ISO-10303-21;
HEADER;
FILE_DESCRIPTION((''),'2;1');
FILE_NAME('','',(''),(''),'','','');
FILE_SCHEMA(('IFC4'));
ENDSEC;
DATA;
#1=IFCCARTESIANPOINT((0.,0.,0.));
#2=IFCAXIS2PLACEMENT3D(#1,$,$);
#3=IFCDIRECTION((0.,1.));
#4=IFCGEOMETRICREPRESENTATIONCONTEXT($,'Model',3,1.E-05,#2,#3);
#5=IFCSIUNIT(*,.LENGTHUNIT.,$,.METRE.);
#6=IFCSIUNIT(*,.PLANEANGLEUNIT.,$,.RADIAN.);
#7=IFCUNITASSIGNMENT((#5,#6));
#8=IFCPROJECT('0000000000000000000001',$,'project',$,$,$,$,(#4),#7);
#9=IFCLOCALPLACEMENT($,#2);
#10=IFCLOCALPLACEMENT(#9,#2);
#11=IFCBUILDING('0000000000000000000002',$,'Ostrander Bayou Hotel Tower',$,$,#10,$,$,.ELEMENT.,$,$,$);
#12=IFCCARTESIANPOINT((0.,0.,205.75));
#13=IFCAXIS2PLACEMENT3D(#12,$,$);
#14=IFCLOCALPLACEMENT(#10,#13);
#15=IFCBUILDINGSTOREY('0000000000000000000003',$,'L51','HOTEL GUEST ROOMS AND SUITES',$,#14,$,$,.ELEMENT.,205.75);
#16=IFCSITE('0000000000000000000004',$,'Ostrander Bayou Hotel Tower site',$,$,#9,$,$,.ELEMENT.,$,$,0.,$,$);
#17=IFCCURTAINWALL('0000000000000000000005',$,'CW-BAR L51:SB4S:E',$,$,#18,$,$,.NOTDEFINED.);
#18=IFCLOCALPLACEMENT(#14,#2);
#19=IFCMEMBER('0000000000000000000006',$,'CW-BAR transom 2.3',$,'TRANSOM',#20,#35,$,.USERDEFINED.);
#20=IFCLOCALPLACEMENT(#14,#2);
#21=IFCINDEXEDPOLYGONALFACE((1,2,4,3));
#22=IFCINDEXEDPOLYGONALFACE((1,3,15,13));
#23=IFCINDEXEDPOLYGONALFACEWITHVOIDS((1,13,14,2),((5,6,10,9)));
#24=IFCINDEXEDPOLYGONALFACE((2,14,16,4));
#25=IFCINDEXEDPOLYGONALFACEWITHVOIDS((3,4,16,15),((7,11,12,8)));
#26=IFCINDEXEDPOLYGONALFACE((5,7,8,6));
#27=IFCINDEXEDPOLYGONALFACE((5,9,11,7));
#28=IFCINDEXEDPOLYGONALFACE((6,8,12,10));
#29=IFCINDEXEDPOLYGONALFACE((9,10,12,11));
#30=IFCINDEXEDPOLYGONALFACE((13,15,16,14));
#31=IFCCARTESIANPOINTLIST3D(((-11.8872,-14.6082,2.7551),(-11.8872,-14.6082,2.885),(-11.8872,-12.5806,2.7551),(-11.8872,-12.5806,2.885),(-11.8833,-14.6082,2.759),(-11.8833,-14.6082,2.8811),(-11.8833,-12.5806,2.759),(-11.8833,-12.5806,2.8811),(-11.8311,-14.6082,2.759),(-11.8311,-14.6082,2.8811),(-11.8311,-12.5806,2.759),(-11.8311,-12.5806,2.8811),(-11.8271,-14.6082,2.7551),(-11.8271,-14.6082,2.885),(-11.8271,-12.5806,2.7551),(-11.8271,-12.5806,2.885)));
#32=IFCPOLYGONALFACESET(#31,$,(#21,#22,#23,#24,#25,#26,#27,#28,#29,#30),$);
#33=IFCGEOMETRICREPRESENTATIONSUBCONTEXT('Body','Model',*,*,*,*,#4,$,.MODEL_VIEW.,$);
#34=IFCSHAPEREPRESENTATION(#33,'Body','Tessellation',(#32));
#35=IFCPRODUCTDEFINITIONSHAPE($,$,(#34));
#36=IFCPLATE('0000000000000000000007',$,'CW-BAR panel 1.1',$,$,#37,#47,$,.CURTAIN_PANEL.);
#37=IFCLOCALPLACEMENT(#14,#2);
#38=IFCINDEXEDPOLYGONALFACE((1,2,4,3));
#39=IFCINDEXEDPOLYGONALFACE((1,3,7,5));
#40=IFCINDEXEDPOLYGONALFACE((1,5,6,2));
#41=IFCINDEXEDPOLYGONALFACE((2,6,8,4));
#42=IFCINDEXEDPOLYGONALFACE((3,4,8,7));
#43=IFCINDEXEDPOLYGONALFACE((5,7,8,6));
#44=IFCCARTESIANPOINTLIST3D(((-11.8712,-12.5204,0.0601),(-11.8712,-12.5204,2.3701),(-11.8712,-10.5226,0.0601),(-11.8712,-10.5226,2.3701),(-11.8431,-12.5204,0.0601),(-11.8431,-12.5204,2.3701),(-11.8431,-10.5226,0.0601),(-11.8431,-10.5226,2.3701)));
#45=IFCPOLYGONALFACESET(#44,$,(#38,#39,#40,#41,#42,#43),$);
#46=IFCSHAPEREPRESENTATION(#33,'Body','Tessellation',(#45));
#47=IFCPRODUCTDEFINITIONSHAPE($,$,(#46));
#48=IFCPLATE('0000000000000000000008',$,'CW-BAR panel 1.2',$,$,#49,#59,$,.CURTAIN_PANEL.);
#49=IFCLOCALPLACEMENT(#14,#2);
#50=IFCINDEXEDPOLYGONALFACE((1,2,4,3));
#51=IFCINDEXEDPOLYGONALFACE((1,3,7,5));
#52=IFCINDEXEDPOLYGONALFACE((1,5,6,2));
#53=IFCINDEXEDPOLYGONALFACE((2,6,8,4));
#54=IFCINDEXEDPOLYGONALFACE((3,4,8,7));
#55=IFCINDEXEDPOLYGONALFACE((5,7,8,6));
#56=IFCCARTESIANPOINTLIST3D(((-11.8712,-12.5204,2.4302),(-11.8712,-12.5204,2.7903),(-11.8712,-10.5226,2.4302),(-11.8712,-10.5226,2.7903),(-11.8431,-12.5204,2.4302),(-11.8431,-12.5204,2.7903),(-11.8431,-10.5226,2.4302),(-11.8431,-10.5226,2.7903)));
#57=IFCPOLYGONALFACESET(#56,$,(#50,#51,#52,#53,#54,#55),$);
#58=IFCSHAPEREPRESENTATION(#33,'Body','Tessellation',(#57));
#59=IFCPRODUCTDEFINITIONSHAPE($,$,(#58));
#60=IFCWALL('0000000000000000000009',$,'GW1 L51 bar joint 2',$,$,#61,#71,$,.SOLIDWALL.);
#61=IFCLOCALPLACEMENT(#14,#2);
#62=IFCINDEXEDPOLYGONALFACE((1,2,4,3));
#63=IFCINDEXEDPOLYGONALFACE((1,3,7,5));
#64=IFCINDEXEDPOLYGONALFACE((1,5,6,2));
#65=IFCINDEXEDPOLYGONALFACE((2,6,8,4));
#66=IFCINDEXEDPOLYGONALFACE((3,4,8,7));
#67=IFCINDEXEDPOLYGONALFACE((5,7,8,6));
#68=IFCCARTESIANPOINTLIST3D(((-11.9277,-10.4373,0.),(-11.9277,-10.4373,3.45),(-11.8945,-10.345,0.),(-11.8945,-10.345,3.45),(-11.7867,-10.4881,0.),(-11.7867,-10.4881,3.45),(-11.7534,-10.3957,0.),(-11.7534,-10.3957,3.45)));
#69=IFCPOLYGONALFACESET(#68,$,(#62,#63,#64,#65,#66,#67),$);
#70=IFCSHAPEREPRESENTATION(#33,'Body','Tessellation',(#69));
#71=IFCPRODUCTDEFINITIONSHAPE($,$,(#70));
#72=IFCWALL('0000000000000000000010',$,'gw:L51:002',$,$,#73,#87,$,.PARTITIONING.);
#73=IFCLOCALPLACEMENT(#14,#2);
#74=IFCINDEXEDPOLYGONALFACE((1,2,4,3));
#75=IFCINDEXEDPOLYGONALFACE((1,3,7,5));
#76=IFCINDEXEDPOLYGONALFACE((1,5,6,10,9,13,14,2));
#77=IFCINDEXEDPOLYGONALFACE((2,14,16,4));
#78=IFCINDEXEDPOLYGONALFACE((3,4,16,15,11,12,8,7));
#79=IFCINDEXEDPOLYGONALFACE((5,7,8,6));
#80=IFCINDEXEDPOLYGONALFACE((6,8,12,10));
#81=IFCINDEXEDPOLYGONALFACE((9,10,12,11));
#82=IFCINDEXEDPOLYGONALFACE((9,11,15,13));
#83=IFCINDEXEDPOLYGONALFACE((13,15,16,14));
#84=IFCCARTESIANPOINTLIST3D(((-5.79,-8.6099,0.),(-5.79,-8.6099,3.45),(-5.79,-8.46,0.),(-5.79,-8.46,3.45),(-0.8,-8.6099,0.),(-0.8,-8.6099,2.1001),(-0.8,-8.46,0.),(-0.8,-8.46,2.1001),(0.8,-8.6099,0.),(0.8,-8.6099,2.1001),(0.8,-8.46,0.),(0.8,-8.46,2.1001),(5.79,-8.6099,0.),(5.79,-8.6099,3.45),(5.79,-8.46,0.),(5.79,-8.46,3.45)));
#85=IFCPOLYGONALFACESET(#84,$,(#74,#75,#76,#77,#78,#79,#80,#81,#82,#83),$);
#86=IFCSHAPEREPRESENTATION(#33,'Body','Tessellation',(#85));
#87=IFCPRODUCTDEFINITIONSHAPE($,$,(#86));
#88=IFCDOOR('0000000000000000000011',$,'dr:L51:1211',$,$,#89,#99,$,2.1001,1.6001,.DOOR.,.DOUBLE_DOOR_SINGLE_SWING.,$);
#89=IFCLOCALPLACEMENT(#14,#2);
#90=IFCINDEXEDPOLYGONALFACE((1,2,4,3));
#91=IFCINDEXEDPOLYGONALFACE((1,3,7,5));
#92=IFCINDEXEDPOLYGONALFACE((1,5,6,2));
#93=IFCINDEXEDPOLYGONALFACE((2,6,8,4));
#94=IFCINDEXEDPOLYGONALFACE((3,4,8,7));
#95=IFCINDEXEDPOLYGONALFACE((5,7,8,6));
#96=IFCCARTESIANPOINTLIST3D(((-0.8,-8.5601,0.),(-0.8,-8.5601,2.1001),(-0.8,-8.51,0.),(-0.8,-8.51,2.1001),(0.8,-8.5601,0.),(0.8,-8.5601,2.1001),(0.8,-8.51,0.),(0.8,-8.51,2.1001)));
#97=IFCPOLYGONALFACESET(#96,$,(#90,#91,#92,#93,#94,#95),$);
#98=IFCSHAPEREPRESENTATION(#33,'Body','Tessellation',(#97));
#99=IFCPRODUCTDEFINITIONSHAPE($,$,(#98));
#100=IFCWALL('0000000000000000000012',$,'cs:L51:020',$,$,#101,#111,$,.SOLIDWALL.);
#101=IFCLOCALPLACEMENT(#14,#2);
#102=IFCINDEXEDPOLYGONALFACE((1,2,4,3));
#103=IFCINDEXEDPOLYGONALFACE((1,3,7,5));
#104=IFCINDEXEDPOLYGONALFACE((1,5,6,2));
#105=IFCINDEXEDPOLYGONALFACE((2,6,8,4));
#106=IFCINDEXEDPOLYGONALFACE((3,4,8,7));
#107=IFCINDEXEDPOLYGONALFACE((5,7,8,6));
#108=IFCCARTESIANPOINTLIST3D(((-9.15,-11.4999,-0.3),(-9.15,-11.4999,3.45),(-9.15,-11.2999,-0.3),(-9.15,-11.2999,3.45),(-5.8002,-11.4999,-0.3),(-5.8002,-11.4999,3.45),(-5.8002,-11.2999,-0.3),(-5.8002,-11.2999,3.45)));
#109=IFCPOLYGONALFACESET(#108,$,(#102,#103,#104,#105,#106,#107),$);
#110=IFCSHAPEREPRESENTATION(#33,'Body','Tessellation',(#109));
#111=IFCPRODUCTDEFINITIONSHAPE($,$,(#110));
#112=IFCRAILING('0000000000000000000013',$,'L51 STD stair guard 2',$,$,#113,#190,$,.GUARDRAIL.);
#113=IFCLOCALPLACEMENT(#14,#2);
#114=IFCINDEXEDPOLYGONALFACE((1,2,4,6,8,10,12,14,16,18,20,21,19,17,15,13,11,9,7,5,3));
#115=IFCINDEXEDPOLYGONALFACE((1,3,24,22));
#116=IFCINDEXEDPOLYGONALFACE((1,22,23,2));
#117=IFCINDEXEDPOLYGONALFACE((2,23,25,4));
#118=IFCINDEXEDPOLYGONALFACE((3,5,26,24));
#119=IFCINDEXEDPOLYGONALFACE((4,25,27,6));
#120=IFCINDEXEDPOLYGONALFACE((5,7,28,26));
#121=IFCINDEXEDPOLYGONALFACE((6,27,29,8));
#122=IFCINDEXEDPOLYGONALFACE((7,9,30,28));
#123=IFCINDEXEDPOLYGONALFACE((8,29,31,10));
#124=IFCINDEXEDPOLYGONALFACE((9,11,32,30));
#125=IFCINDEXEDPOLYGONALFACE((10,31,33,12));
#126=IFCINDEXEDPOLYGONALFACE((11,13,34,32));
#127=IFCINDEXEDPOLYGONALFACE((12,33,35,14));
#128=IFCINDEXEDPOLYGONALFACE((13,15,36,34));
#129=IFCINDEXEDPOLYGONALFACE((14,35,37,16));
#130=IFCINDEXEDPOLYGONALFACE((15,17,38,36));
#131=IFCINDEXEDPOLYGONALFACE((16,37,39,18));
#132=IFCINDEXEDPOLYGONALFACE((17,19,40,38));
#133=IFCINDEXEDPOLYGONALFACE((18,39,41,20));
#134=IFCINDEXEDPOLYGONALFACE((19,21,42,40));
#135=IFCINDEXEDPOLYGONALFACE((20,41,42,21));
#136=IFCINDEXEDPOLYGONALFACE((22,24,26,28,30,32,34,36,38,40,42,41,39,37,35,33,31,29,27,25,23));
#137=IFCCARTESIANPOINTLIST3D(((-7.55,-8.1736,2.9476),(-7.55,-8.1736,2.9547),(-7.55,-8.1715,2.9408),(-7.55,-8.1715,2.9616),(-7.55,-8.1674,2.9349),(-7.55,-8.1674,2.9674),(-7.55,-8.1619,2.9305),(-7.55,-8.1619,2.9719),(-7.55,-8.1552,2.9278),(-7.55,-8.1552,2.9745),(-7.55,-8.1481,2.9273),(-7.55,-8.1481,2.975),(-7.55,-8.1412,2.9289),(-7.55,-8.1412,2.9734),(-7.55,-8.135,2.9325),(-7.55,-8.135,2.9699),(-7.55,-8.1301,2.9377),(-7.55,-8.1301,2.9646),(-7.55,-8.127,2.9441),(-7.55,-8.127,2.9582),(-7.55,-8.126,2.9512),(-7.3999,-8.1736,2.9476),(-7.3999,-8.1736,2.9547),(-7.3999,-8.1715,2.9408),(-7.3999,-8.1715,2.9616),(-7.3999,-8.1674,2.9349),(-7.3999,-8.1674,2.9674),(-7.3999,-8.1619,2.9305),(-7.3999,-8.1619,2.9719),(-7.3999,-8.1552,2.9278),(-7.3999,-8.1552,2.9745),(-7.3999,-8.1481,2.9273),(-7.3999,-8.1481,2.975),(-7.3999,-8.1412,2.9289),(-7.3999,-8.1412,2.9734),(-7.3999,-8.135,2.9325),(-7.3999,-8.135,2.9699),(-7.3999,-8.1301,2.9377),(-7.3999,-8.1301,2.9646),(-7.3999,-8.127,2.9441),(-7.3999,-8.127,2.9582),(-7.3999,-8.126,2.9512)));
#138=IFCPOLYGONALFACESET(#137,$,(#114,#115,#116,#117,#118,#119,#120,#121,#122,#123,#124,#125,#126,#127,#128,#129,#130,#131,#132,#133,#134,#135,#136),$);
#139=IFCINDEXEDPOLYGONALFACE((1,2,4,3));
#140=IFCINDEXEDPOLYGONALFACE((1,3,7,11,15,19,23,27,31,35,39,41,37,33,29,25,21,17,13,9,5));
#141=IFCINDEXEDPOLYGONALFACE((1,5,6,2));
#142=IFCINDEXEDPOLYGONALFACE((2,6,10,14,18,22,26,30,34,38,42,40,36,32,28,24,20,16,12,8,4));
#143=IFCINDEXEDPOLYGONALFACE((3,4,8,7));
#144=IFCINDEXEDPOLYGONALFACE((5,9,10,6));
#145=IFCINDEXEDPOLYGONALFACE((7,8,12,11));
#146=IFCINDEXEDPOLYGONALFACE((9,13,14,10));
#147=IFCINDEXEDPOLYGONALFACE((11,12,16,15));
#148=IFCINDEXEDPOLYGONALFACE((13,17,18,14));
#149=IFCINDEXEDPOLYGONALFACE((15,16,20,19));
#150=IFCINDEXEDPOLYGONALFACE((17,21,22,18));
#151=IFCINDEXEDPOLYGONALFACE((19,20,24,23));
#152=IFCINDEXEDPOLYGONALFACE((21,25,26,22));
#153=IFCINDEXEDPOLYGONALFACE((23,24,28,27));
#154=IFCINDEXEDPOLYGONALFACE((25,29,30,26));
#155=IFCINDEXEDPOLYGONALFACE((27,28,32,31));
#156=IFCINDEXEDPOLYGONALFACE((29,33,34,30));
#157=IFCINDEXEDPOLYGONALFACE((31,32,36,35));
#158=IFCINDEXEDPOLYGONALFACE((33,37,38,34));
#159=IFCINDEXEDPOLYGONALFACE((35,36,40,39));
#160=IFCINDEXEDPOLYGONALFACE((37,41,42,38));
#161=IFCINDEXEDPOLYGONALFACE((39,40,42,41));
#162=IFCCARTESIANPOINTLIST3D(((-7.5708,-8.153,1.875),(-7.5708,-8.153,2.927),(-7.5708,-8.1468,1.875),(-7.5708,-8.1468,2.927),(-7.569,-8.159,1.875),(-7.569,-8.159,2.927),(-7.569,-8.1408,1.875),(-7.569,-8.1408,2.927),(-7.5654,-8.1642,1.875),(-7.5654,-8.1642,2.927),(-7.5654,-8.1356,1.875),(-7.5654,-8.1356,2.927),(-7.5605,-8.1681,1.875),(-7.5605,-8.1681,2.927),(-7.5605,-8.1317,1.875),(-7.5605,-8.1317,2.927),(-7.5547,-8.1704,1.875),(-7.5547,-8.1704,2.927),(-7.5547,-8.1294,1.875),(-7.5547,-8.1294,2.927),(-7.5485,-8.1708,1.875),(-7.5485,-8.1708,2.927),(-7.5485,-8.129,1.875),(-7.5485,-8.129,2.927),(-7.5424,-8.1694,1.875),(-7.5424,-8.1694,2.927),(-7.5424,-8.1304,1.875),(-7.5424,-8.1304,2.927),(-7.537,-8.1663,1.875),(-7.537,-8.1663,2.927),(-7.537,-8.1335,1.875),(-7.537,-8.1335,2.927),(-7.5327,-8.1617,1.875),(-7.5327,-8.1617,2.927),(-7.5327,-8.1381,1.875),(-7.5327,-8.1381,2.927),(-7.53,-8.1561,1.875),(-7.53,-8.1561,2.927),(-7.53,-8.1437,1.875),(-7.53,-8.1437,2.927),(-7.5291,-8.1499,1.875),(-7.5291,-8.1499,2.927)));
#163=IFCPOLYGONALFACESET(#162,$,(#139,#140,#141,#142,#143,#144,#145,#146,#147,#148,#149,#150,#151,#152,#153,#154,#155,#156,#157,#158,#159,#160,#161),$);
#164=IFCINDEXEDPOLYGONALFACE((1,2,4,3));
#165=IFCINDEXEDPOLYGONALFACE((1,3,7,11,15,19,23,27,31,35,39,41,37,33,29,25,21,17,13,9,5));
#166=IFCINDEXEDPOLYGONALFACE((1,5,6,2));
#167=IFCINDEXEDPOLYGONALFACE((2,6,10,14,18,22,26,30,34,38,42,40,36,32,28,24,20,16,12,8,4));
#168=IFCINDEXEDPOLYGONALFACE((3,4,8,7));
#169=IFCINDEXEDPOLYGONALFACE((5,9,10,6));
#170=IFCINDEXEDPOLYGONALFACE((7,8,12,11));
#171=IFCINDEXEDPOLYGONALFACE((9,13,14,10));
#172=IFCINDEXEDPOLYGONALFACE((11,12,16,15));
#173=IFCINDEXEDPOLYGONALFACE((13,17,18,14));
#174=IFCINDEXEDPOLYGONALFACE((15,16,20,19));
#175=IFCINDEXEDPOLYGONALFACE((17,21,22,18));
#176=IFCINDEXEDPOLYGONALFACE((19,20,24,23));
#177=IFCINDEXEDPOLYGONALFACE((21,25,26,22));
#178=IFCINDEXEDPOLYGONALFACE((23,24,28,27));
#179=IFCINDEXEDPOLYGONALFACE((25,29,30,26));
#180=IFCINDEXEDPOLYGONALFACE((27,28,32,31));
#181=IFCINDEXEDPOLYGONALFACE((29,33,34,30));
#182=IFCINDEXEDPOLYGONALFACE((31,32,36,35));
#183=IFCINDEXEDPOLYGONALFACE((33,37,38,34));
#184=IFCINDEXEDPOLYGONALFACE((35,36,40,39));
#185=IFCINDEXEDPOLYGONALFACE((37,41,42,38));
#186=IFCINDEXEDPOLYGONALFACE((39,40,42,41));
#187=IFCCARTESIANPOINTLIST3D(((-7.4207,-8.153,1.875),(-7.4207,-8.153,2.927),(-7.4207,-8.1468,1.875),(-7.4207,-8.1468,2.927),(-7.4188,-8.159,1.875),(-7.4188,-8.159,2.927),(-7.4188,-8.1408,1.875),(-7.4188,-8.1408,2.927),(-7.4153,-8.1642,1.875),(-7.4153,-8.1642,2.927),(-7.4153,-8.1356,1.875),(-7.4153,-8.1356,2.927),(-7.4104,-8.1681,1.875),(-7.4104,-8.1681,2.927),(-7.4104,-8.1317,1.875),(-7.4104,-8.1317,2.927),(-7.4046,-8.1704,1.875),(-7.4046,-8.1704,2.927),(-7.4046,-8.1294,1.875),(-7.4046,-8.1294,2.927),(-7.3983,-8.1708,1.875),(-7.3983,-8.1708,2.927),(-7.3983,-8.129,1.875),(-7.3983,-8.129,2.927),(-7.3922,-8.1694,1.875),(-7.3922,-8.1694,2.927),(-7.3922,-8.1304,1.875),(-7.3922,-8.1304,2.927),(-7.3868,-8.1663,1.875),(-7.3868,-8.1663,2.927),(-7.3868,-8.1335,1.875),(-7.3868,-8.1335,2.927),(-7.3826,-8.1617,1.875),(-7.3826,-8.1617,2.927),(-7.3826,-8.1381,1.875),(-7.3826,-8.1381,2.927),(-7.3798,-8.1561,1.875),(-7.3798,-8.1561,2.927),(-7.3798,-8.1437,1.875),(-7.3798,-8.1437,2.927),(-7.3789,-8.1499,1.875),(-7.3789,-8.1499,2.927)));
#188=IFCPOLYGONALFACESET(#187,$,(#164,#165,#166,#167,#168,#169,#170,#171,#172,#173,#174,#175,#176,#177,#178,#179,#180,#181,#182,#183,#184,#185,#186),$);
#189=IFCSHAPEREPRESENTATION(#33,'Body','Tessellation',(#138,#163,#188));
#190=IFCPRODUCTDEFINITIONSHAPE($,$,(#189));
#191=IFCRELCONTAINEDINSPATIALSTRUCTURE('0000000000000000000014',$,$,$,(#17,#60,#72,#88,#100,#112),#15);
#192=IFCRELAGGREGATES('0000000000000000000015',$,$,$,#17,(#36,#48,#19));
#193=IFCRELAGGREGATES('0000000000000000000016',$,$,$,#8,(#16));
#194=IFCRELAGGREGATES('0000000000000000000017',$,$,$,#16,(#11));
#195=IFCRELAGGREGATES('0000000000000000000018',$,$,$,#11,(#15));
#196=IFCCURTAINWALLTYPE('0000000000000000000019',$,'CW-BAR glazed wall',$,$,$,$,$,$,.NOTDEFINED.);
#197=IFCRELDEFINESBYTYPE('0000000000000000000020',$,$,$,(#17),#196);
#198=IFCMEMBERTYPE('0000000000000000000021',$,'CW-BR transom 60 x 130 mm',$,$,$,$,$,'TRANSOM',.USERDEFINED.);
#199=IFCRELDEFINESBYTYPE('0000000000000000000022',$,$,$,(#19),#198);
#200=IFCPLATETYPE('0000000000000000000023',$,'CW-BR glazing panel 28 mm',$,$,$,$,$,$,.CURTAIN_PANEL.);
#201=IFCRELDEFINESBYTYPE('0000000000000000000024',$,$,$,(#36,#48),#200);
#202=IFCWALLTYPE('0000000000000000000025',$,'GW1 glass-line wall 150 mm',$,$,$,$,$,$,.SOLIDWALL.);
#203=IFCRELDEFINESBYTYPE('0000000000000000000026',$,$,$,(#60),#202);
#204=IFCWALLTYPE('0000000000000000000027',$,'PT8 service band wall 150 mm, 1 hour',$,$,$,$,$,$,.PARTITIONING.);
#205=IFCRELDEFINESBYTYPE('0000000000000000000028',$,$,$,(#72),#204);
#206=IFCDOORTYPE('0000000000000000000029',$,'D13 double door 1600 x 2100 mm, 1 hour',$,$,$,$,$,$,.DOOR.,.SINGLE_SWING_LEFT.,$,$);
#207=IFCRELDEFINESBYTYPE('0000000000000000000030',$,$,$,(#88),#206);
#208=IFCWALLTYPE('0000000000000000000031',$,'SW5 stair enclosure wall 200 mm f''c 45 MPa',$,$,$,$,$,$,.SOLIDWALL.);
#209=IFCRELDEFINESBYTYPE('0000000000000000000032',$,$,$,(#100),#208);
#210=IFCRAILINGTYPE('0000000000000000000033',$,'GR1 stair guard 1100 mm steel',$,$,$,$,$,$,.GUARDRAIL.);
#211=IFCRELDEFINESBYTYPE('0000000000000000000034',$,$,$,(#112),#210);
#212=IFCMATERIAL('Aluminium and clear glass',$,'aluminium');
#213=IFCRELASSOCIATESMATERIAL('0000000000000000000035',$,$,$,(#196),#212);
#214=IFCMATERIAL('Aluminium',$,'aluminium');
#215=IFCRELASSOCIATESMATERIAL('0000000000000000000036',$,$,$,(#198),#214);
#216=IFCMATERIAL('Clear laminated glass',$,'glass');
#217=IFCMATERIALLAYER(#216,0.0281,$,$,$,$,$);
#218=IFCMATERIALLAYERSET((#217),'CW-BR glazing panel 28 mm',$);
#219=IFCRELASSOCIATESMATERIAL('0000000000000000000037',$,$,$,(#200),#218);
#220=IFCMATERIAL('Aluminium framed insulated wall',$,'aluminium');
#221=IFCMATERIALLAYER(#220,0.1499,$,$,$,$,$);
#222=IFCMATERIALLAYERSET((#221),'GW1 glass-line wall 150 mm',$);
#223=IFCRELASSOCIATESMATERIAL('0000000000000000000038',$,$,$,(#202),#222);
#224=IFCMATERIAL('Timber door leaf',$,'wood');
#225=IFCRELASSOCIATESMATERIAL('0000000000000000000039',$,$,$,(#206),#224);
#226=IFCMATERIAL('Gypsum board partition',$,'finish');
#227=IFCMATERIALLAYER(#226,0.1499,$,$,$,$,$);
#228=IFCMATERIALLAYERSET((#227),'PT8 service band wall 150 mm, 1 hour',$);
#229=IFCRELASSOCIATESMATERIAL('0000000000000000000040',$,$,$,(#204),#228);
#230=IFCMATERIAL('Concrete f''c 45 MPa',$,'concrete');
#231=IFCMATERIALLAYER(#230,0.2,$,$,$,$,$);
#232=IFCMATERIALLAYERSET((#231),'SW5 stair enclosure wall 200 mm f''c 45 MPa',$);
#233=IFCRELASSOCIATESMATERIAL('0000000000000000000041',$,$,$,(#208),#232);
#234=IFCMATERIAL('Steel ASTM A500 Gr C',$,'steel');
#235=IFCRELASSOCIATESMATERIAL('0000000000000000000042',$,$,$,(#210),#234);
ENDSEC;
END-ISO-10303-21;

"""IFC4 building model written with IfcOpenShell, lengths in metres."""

from ifc_helpers import new_model, si_unit, direction, frame, frame_2d, origin, origin_2d, place, context, subcontext, project, spatial, rectangle, hollow_rectangle, circle, extrude, material, layer, layer_set, material_profile, profile_set, type_object, element, fill, aggregate, save


model = new_model("IFC4")

# Units and contexts
model_context = context("Model", 3, precision=1e-05, world=origin(), true_north=direction((0.0, 1.0)))
body_context = subcontext(model_context, "Body", "Model", "MODEL_VIEW")
ifc_project = project(units=[si_unit("LENGTHUNIT", "METRE"), si_unit("PLANEANGLEUNIT", "RADIAN")], contexts=[model_context])

# Site, building, storey
site_placement = place(None, origin())
site = spatial("IfcSite", under=ifc_project, at=site_placement, Name="Ostrander Bayou Hotel Tower site", CompositionType="ELEMENT", RefElevation=0.0)
building_placement = place(site_placement, origin())
building = spatial("IfcBuilding", under=site, at=building_placement, Name="Ostrander Bayou Hotel Tower", CompositionType="ELEMENT")
storey_placement = place(building_placement, frame((0.0, 0.0, 205.75)))
storey = spatial("IfcBuildingStorey", under=building, at=storey_placement, Name="L51", Description="HOTEL GUEST ROOMS AND SUITES", CompositionType="ELEMENT", Elevation=205.75)

# Curtain wall, member, plates
ifc_material_1 = material(Name="Aluminium and clear glass", Category="aluminium")
curtain_wall_type = type_object("IfcCurtainWallType", Name="CW-BAR glazed wall", PredefinedType="NOTDEFINED", material=ifc_material_1)
curtain_wall_placement = place(storey_placement, origin())
curtain_wall = element("IfcCurtainWall", 1, at=curtain_wall_placement, inside=storey, type_object=curtain_wall_type, Name="CW-BAR L51:SB4S:E", PredefinedType="NOTDEFINED")
ifc_material_2 = material(Name="Aluminium", Category="aluminium")
ifc_material_profile_1 = material_profile(ifc_material_2, hollow_rectangle(XDim=0.0601, YDim=0.1299, WallThickness=0.0039, at=origin_2d()))
ifc_profile_set_1 = profile_set([ifc_material_profile_1], Name="Aluminium")
member_type_1 = type_object("IfcMemberType", Name="CW-BR transom 60 x 130 mm", ElementType="TRANSOM", PredefinedType="USERDEFINED", material=ifc_profile_set_1)
member_1_placement = place(storey_placement, frame((-11.8572, -12.5806, 2.8201), z_axis=(0.0, -1.0, 0.0), x_axis=(1.0, 0.0, 0.0)))
member_1 = element("IfcMember", 2, at=member_1_placement, type_object=member_type_1, Name="CW-BAR transom 2.3", ObjectType="TRANSOM", PredefinedType="USERDEFINED", context=body_context, shape_type="SweptSolid", body=[
    extrude(hollow_rectangle(XDim=0.0601, YDim=0.1299, WallThickness=0.0039, at=origin_2d()), origin(), (0.0, 0.0, 1.0), 2.0276),
])
ifc_material_3 = material(Name="Clear laminated glass", Category="glass")
ifc_layer_1 = layer(ifc_material_3, 0.0281)
ifc_layer_set_1 = layer_set([ifc_layer_1], Name="CW-BR glazing panel 28 mm")
plate_type = type_object("IfcPlateType", Name="CW-BR glazing panel 28 mm", PredefinedType="CURTAIN_PANEL", material=ifc_layer_set_1)
plate_1_placement = place(storey_placement, frame((-11.8572, -11.5215, 0.0601), z_axis=(0.0, 0.0, 1.0), x_axis=(0.0, -1.0, 0.0)))
plate_1 = element("IfcPlate", 3, at=plate_1_placement, type_object=plate_type, Name="CW-BAR panel 1.1", PredefinedType="CURTAIN_PANEL", context=body_context, shape_type="SweptSolid", body=[
    extrude(rectangle(XDim=1.9978, YDim=0.0281, at=origin_2d()), origin(), (0.0, 0.0, 1.0), 2.3101),
])
plate_2_placement = place(storey_placement, frame((-11.8572, -11.5215, 2.4302), z_axis=(0.0, 0.0, 1.0), x_axis=(0.0, -1.0, 0.0)))
plate_2 = element("IfcPlate", 4, at=plate_2_placement, type_object=plate_type, Name="CW-BAR panel 1.2", PredefinedType="CURTAIN_PANEL", context=body_context, shape_type="SweptSolid", body=[
    extrude(rectangle(XDim=1.9978, YDim=0.0281, at=origin_2d()), origin(), (0.0, 0.0, 1.0), 0.3601),
])
aggregate(curtain_wall, [plate_1, plate_2, member_1])

# Wall
ifc_material_4 = material(Name="Aluminium framed insulated wall", Category="aluminium")
ifc_layer_2 = layer(ifc_material_4, 0.1499)
ifc_layer_set_2 = layer_set([ifc_layer_2], Name="GW1 glass-line wall 150 mm")
wall_type_1 = type_object("IfcWallType", Name="GW1 glass-line wall 150 mm", PredefinedType="SOLIDWALL", material=ifc_layer_set_2)
wall_1_placement = place(storey_placement, frame((-11.824, -10.3704, 0.0), z_axis=(0.0, 0.0, 1.0), x_axis=(-0.338543, -0.940951, 0.0)))
element("IfcWall", 5, at=wall_1_placement, inside=storey, type_object=wall_type_1, Name="GW1 L51 bar joint 2", PredefinedType="SOLIDWALL", context=body_context, shape_type="SweptSolid", body=[
    extrude(rectangle(XDim=0.0981, YDim=0.1499, at=frame_2d((0.0491, 0.0))), origin(), (0.0, 0.0, 1.0), 3.45),
])

# Shared definitions
ifc_material_5 = material(Name="Timber door leaf", Category="wood")
door_type_1 = type_object("IfcDoorType", Name="D13 double door 1600 x 2100 mm, 1 hour", OperationType="SINGLE_SWING_LEFT", PredefinedType="DOOR", material=ifc_material_5)

# Wall, opening, door
ifc_material_6 = material(Name="Gypsum board partition", Category="finish")
ifc_layer_3 = layer(ifc_material_6, 0.1499)
ifc_layer_set_3 = layer_set([ifc_layer_3], Name="PT8 service band wall 150 mm, 1 hour")
wall_type_2 = type_object("IfcWallType", Name="PT8 service band wall 150 mm, 1 hour", PredefinedType="PARTITIONING", material=ifc_layer_set_3)
wall_2_placement = place(storey_placement, frame((-5.79, -8.5349, 0.0), z_axis=(0.0, 0.0, 1.0), x_axis=(1.0, 0.0, 0.0)))
wall_2 = element("IfcWall", 6, at=wall_2_placement, inside=storey, type_object=wall_type_2, Name="gw:L51:002", PredefinedType="PARTITIONING", context=body_context, shape_type="SweptSolid", body=[
    extrude(rectangle(XDim=11.5801, YDim=0.1499, at=frame_2d((5.79, 0.0))), origin(), (0.0, 0.0, 1.0), 3.45),
])
opening_1_placement = place(wall_2_placement, frame((4.99, 0.0, 0.0)))
opening_1 = element("IfcOpeningElement", 7, at=opening_1_placement, cuts=wall_2, PredefinedType="OPENING", context=body_context, shape_type="SweptSolid", body=[
    extrude(rectangle(XDim=1.6001, YDim=2.1001, at=frame_2d((0.8, 1.05))), frame((0.0, 0.075, 0.0), z_axis=(0.0, -1.0, 0.0), x_axis=(1.0, 0.0, 0.0)), (0.0, 0.0, 1.0), 0.1499),
])
door_1_placement = place(opening_1_placement, origin())
door_1 = element("IfcDoor", 8, at=door_1_placement, inside=storey, type_object=door_type_1, Name="dr:L51:1211", OperationType="DOUBLE_DOOR_SINGLE_SWING", OverallHeight=2.1001, OverallWidth=1.6001, PredefinedType="DOOR", context=body_context, shape_type="SweptSolid", body=[
    extrude(rectangle(XDim=1.6001, YDim=2.1001, at=frame_2d((0.8, 1.05))), frame((0.0, 0.0249, 0.0), z_axis=(0.0, -1.0, 0.0), x_axis=(1.0, 0.0, 0.0)), (0.0, 0.0, 1.0), 0.05),
])
fill(opening_1, door_1)

# Wall
ifc_material_7 = material(Name="Concrete f'c 45 MPa", Category="concrete")
ifc_layer_4 = layer(ifc_material_7, 0.2)
ifc_layer_set_4 = layer_set([ifc_layer_4], Name="SW5 stair enclosure wall 200 mm f'c 45 MPa")
wall_type_3 = type_object("IfcWallType", Name="SW5 stair enclosure wall 200 mm f'c 45 MPa", PredefinedType="SOLIDWALL", material=ifc_layer_set_4)
wall_3_placement = place(storey_placement, frame((-9.1499, -11.3999, -0.3), z_axis=(0.0, 0.0, 1.0), x_axis=(1.0, 0.0, 0.0)))
element("IfcWall", 9, at=wall_3_placement, inside=storey, type_object=wall_type_3, Name="cs:L51:020", PredefinedType="SOLIDWALL", context=body_context, shape_type="SweptSolid", body=[
    extrude(rectangle(XDim=3.3499, YDim=0.2, at=frame_2d((1.6748, 0.0))), origin(), (0.0, 0.0, 1.0), 3.75),
])

# Railing
ifc_material_8 = material(Name="Steel ASTM A500 Gr C", Category="steel")
railing_type = type_object("IfcRailingType", Name="GR1 stair guard 1100 mm steel", PredefinedType="GUARDRAIL", material=ifc_material_8)
railing_placement = place(storey_placement, frame((-7.55, -8.1499, 1.875)))
element("IfcRailing", 10, at=railing_placement, inside=storey, type_object=railing_type, Name="L51 STD stair guard 2", PredefinedType="GUARDRAIL", context=body_context, shape_type="SweptSolid", body=[
    extrude(circle(Radius=0.0239, at=origin_2d()), frame((0.0, 0.0, 1.0762), z_axis=(1.0, 0.0, 0.0), x_axis=(0.0, 1.0, 0.0)), (0.0, 0.0, 1.0), 0.1501),
    extrude(circle(Radius=0.021, at=origin_2d()), origin(), (0.0, 0.0, 1.0), 1.052),
    extrude(circle(Radius=0.021, at=origin_2d()), frame((0.1501, 0.0, 0.0)), (0.0, 0.0, 1.0), 1.052),
])

save(model, "model.ifc")
